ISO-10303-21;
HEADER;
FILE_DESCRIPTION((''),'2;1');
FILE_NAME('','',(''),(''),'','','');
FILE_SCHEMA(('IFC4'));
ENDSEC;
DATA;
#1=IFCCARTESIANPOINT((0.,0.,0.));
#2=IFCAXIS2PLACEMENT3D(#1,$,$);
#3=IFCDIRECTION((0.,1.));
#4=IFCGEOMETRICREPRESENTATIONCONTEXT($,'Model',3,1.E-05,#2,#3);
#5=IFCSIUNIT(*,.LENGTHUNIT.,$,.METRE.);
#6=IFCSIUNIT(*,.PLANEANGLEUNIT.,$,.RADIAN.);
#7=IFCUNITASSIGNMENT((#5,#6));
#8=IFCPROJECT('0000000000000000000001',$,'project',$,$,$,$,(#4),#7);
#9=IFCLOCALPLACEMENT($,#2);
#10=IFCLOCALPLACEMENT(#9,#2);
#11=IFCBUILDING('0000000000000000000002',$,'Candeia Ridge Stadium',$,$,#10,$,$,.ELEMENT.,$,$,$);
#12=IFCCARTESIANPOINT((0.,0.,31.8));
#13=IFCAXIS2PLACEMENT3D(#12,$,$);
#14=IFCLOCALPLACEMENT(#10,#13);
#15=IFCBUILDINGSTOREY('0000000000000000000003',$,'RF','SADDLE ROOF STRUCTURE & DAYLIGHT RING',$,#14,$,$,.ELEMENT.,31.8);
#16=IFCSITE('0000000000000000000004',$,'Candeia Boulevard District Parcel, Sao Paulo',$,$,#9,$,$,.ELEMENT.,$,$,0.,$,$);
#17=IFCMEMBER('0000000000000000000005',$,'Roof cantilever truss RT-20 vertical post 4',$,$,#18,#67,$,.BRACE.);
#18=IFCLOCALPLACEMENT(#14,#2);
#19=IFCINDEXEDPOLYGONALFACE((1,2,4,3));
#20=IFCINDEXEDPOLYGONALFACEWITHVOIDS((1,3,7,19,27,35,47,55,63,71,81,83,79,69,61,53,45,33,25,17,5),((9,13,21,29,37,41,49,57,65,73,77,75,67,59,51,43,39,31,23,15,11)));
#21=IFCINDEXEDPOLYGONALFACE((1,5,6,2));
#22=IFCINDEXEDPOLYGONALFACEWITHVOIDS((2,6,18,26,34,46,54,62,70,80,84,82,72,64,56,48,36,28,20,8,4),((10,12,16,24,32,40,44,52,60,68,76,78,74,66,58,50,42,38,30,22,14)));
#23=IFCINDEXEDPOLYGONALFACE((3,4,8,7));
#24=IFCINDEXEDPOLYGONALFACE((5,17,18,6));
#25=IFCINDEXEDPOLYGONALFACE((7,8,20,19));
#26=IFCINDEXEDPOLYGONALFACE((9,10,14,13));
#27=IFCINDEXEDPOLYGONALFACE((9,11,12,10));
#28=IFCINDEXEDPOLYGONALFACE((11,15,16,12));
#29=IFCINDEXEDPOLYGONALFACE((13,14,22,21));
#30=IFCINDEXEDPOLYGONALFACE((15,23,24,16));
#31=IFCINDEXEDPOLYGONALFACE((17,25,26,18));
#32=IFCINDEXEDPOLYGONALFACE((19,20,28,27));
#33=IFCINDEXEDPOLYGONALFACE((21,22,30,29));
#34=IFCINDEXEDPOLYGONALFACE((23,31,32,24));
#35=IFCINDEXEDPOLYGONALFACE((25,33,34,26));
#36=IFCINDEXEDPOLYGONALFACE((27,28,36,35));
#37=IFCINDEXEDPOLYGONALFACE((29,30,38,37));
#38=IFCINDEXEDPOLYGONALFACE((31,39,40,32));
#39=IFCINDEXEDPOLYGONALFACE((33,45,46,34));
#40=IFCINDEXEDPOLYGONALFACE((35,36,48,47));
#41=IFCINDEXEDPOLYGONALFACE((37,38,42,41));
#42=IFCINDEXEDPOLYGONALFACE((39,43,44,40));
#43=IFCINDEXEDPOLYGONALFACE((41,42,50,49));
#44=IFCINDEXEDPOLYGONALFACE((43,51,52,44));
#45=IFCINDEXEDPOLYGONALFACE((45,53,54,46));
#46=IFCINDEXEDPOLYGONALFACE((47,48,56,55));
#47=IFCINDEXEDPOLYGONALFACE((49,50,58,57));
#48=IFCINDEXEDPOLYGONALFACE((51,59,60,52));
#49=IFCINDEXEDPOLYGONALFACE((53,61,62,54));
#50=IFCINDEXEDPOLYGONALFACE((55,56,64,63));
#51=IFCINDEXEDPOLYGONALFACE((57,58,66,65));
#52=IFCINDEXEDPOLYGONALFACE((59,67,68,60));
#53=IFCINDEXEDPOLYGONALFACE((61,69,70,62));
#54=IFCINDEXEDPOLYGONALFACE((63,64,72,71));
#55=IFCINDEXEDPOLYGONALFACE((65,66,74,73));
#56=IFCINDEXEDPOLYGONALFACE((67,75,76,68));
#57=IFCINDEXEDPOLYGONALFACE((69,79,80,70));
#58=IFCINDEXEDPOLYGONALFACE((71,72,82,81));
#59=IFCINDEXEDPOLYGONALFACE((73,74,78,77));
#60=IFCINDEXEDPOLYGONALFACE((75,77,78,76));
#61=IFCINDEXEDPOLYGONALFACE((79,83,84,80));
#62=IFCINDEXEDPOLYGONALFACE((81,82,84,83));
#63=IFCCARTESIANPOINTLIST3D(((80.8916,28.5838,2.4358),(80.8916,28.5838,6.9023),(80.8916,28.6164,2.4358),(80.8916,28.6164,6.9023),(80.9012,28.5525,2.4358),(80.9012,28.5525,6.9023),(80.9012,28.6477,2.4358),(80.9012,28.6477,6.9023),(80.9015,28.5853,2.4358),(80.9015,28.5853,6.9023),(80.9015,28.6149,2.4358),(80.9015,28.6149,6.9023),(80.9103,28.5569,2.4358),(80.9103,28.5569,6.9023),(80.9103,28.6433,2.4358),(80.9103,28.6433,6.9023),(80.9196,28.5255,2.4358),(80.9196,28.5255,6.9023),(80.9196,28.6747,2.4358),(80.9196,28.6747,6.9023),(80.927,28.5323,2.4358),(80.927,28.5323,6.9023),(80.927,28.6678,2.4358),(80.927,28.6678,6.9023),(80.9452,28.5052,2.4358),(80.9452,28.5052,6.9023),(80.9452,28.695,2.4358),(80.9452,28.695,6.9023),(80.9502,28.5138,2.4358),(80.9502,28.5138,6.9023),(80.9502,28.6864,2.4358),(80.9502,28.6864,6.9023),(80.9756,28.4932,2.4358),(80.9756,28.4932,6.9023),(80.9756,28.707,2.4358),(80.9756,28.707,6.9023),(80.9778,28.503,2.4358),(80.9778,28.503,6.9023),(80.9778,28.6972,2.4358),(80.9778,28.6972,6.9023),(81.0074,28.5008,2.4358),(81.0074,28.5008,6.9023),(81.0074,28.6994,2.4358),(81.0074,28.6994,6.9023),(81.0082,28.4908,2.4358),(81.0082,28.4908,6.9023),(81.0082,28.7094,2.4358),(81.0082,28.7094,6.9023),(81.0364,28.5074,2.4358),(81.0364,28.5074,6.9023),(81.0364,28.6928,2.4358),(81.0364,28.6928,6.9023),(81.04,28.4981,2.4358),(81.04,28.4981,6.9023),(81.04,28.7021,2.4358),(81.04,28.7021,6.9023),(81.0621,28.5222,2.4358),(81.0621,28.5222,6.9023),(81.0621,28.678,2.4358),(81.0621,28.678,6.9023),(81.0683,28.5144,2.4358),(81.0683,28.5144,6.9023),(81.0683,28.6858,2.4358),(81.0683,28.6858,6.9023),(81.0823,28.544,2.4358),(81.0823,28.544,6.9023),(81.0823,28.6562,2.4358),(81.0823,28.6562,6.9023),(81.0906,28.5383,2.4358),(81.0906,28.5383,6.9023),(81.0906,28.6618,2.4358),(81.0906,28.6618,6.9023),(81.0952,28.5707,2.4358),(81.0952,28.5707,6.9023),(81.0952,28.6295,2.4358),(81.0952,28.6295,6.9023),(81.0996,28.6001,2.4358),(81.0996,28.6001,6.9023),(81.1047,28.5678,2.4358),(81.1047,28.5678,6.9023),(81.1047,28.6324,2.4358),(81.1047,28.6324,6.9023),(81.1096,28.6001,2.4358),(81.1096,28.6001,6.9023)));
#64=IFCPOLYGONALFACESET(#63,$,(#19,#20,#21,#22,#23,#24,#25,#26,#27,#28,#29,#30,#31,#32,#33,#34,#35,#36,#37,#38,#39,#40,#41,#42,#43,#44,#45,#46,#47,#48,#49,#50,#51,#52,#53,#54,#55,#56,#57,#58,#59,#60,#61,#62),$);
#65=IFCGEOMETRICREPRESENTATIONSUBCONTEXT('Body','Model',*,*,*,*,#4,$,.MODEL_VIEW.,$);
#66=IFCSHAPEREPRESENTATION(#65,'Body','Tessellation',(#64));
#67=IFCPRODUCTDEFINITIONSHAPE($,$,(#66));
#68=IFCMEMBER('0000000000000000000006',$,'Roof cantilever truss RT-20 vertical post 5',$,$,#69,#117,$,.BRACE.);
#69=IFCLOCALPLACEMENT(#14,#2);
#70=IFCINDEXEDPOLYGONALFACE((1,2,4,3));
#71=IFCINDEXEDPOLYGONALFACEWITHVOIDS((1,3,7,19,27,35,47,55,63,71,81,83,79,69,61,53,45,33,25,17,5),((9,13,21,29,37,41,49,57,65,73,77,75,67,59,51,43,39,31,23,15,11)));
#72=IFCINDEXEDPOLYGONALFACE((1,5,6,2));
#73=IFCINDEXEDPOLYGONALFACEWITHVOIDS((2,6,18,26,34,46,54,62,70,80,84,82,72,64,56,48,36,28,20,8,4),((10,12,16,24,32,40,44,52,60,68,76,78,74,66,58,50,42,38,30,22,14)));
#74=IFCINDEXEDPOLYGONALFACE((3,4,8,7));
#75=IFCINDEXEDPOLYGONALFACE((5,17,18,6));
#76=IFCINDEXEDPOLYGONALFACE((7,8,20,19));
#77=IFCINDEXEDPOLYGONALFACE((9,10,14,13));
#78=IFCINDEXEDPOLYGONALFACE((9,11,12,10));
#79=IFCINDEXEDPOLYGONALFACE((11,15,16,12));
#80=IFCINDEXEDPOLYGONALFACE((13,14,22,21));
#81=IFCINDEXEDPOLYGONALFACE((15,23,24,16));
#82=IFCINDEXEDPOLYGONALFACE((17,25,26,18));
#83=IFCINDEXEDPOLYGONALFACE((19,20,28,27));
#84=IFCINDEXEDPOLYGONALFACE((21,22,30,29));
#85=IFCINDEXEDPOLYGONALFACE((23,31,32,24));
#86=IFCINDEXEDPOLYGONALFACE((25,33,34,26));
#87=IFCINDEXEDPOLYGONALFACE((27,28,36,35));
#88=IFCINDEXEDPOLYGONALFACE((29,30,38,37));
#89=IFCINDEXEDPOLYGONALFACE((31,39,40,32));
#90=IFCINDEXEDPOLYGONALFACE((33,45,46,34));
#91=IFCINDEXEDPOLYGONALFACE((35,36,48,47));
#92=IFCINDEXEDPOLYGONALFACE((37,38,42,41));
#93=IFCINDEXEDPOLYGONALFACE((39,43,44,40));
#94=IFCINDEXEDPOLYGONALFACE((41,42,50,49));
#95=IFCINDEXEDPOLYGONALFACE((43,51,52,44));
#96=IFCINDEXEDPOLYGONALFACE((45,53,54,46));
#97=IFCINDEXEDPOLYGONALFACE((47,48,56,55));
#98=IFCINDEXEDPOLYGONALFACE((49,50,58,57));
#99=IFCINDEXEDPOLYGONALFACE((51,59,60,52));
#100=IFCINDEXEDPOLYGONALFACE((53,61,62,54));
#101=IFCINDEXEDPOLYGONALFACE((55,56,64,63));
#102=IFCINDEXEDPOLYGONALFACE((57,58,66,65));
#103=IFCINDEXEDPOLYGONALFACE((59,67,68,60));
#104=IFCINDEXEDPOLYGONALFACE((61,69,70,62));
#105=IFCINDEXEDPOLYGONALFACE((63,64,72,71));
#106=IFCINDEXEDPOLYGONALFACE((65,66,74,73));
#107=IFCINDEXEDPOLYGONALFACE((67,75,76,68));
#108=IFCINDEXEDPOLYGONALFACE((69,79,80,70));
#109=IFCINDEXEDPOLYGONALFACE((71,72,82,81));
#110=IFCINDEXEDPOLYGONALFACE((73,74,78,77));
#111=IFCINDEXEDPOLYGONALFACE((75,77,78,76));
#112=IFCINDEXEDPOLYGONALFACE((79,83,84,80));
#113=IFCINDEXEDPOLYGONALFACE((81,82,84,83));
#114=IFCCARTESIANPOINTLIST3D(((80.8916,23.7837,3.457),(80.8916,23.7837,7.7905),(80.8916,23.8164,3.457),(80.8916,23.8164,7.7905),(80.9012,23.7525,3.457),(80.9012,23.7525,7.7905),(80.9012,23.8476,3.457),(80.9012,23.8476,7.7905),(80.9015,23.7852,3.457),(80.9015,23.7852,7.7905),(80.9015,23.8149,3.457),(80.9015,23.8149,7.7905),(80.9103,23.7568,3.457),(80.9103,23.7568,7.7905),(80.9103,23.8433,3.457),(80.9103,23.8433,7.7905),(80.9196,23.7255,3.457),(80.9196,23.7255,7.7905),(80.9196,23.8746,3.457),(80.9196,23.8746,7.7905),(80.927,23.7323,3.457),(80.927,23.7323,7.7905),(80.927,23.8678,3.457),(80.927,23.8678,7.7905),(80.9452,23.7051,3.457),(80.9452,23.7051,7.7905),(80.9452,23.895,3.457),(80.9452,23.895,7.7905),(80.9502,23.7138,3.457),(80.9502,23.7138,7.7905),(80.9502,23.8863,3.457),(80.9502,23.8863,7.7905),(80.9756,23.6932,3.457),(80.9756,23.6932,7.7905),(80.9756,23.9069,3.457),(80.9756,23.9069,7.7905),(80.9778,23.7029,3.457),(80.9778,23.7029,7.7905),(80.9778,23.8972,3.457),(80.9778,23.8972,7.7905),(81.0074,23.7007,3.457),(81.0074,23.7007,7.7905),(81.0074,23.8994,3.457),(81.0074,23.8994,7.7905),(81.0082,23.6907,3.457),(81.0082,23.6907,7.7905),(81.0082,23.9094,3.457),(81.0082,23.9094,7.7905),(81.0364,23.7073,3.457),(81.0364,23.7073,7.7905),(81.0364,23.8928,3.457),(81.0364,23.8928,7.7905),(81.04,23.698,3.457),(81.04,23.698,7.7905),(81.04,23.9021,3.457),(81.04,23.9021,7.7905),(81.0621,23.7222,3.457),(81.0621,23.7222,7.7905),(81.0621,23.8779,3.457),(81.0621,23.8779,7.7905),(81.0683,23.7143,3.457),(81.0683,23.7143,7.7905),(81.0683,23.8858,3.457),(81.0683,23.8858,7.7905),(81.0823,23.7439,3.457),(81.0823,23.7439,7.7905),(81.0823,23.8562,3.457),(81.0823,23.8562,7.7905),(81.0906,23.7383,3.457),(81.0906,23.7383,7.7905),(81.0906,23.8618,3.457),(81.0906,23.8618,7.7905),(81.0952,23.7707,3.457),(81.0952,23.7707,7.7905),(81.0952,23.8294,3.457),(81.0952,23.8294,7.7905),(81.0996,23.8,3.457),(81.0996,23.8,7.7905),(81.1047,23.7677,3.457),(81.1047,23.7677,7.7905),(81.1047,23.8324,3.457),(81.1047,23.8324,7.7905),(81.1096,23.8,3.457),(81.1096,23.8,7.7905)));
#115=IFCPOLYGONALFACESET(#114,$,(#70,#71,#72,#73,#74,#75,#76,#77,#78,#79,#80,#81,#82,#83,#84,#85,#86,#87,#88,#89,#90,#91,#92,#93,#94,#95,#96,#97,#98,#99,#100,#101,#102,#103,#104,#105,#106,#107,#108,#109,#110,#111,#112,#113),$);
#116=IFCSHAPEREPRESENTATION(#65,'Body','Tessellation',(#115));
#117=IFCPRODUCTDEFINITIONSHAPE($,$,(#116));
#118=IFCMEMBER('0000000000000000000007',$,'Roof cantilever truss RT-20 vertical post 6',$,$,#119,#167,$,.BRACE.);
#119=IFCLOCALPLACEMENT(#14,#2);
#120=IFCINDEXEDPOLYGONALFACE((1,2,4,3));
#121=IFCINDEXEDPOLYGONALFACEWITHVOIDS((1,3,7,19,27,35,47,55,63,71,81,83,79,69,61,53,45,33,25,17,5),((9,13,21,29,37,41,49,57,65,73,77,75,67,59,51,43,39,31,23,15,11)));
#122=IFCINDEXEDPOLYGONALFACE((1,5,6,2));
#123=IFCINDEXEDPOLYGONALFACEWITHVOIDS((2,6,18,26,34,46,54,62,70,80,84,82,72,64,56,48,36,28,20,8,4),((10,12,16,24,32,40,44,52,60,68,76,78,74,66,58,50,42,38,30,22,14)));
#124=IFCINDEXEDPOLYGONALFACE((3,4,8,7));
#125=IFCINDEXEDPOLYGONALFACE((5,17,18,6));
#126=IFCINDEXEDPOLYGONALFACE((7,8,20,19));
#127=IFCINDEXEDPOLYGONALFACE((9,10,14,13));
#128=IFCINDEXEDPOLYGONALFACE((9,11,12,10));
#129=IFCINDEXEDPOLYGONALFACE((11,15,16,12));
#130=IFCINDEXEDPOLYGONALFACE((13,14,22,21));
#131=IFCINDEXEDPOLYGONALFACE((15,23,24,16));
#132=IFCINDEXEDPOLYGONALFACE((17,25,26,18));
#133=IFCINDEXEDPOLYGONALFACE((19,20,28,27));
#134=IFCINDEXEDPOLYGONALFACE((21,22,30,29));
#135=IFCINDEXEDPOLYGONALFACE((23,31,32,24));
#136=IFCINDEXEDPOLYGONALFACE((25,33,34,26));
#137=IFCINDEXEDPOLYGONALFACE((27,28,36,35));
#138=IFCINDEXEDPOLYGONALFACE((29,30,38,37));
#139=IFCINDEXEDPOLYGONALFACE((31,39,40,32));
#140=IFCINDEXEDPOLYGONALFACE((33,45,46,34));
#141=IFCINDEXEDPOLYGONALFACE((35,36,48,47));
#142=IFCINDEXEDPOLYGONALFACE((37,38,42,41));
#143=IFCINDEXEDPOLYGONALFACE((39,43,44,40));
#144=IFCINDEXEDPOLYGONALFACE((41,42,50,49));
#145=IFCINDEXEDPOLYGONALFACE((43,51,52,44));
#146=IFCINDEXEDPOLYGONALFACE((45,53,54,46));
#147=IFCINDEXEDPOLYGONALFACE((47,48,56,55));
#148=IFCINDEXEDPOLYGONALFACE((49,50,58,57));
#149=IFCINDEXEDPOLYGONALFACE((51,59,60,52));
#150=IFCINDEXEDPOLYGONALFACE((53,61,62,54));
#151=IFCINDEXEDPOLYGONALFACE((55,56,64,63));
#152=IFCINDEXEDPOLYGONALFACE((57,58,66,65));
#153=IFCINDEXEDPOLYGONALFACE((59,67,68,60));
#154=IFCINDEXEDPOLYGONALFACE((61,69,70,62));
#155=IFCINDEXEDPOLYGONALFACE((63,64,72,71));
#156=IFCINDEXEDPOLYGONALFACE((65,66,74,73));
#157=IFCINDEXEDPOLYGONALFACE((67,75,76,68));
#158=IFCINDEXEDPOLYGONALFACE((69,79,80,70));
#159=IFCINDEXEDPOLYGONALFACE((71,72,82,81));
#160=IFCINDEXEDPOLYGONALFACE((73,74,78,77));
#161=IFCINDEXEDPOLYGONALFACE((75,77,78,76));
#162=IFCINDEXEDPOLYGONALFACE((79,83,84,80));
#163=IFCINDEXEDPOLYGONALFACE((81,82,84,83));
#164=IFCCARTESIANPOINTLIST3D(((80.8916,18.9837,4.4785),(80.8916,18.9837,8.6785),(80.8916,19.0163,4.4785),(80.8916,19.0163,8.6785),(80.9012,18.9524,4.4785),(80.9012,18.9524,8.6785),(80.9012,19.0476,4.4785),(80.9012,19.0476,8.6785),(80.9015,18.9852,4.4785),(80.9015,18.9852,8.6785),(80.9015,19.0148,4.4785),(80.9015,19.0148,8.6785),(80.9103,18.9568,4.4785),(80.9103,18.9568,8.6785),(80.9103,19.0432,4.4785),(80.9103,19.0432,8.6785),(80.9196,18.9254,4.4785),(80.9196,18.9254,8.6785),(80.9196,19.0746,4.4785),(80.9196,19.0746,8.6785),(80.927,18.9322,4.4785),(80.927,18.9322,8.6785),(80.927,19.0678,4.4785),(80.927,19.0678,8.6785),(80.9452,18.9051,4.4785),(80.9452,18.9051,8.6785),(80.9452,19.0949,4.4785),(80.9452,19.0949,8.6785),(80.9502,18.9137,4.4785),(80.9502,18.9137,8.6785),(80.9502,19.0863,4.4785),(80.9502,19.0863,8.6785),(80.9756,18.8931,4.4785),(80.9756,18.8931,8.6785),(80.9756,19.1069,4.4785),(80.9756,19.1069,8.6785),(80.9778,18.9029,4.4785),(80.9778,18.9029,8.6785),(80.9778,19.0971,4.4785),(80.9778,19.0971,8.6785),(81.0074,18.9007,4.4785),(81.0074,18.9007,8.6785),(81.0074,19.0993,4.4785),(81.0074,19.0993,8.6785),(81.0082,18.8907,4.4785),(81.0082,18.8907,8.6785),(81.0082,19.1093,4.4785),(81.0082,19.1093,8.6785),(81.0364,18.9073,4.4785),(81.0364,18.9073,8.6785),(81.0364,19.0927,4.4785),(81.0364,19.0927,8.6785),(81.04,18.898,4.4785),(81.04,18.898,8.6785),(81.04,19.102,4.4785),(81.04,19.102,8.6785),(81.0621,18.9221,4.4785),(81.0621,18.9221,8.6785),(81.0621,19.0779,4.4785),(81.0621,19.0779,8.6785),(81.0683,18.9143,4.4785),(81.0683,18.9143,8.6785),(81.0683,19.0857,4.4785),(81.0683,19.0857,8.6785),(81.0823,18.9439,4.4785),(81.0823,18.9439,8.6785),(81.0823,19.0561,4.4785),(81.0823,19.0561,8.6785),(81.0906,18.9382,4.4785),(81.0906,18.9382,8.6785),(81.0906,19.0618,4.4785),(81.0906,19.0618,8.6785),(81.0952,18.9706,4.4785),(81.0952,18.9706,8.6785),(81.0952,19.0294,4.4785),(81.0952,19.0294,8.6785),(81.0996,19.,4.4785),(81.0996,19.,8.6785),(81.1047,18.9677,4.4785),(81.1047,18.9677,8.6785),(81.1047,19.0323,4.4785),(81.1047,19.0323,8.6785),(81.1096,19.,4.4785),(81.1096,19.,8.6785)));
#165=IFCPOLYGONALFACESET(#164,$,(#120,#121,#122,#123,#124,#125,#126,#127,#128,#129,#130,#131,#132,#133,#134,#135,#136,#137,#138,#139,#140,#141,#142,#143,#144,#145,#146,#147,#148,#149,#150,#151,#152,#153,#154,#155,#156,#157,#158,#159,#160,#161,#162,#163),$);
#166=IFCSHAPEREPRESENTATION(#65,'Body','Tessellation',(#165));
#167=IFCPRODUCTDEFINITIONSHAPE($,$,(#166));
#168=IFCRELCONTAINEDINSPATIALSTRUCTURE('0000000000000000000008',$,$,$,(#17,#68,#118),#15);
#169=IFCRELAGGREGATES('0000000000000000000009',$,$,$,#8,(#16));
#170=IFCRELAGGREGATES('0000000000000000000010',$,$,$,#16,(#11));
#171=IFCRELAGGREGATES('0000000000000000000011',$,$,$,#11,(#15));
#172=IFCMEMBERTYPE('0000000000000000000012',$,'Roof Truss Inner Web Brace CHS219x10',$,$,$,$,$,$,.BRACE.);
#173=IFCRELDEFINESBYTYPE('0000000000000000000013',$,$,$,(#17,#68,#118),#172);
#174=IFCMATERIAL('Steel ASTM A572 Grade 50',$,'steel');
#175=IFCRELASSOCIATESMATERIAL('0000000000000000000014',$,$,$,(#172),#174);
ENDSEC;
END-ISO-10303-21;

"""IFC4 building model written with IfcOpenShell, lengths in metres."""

from ifc_helpers import new_model, si_unit, direction, frame, origin, origin_2d, place, context, subcontext, project, spatial, hollow_circle, extrude, material, material_profile, profile_set, type_object, element, save


model = new_model("IFC4")

# Units and contexts
model_context = context("Model", 3, precision=1e-05, world=origin(), true_north=direction((0.0, 1.0)))
body_context = subcontext(model_context, "Body", "Model", "MODEL_VIEW")
ifc_project = project(units=[si_unit("LENGTHUNIT", "METRE"), si_unit("PLANEANGLEUNIT", "RADIAN")], contexts=[model_context])

# Site, building, storey
site_placement = place(None, origin())
site = spatial("IfcSite", under=ifc_project, at=site_placement, Name="Candeia Boulevard District Parcel, Sao Paulo", CompositionType="ELEMENT", RefElevation=0.0)
building_placement = place(site_placement, origin())
building = spatial("IfcBuilding", under=site, at=building_placement, Name="Candeia Ridge Stadium", CompositionType="ELEMENT")
storey_placement = place(building_placement, frame((0.0, 0.0, 31.8)))
storey = spatial("IfcBuildingStorey", under=building, at=storey_placement, Name="RF", Description="SADDLE ROOF STRUCTURE & DAYLIGHT RING", CompositionType="ELEMENT", Elevation=31.8)

# Shared definitions
ifc_material_1 = material(Name="Steel ASTM A572 Grade 50", Category="steel")

# Members
ifc_material_profile_1 = material_profile(ifc_material_1, hollow_circle(Radius=0.1096, WallThickness=0.01, at=origin_2d()), Name="CHS219x10", Category="steel")
ifc_profile_set_1 = profile_set([ifc_material_profile_1], Name="Steel ASTM A572 Grade 50")
member_type_1 = type_object("IfcMemberType", Name="Roof Truss Inner Web Brace CHS219x10", PredefinedType="BRACE", material=ifc_profile_set_1)
member_1_placement = place(storey_placement, frame((81.0, 28.6001, 2.4358), z_axis=(0.0, 0.0, 1.0), x_axis=(1.0, 0.0, 0.0)))
element("IfcMember", 1, at=member_1_placement, inside=storey, type_object=member_type_1, Name="Roof cantilever truss RT-20 vertical post 4", PredefinedType="BRACE", context=body_context, shape_type="SweptSolid", body=[
    extrude(hollow_circle(Radius=0.1096, WallThickness=0.01, at=origin_2d()), origin(), (0.0, 0.0, 1.0), 4.4666),
])
member_2_placement = place(storey_placement, frame((81.0, 23.8, 3.457), z_axis=(0.0, 0.0, 1.0), x_axis=(1.0, 0.0, 0.0)))
element("IfcMember", 2, at=member_2_placement, inside=storey, type_object=member_type_1, Name="Roof cantilever truss RT-20 vertical post 5", PredefinedType="BRACE", context=body_context, shape_type="SweptSolid", body=[
    extrude(hollow_circle(Radius=0.1096, WallThickness=0.01, at=origin_2d()), origin(), (0.0, 0.0, 1.0), 4.3335),
])
member_3_placement = place(storey_placement, frame((81.0, 19.0, 4.4785), z_axis=(0.0, 0.0, 1.0), x_axis=(1.0, 0.0, 0.0)))
element("IfcMember", 3, at=member_3_placement, inside=storey, type_object=member_type_1, Name="Roof cantilever truss RT-20 vertical post 6", PredefinedType="BRACE", context=body_context, shape_type="SweptSolid", body=[
    extrude(hollow_circle(Radius=0.1096, WallThickness=0.01, at=origin_2d()), origin(), (0.0, 0.0, 1.0), 4.2),
])

save(model, "model.ifc")
